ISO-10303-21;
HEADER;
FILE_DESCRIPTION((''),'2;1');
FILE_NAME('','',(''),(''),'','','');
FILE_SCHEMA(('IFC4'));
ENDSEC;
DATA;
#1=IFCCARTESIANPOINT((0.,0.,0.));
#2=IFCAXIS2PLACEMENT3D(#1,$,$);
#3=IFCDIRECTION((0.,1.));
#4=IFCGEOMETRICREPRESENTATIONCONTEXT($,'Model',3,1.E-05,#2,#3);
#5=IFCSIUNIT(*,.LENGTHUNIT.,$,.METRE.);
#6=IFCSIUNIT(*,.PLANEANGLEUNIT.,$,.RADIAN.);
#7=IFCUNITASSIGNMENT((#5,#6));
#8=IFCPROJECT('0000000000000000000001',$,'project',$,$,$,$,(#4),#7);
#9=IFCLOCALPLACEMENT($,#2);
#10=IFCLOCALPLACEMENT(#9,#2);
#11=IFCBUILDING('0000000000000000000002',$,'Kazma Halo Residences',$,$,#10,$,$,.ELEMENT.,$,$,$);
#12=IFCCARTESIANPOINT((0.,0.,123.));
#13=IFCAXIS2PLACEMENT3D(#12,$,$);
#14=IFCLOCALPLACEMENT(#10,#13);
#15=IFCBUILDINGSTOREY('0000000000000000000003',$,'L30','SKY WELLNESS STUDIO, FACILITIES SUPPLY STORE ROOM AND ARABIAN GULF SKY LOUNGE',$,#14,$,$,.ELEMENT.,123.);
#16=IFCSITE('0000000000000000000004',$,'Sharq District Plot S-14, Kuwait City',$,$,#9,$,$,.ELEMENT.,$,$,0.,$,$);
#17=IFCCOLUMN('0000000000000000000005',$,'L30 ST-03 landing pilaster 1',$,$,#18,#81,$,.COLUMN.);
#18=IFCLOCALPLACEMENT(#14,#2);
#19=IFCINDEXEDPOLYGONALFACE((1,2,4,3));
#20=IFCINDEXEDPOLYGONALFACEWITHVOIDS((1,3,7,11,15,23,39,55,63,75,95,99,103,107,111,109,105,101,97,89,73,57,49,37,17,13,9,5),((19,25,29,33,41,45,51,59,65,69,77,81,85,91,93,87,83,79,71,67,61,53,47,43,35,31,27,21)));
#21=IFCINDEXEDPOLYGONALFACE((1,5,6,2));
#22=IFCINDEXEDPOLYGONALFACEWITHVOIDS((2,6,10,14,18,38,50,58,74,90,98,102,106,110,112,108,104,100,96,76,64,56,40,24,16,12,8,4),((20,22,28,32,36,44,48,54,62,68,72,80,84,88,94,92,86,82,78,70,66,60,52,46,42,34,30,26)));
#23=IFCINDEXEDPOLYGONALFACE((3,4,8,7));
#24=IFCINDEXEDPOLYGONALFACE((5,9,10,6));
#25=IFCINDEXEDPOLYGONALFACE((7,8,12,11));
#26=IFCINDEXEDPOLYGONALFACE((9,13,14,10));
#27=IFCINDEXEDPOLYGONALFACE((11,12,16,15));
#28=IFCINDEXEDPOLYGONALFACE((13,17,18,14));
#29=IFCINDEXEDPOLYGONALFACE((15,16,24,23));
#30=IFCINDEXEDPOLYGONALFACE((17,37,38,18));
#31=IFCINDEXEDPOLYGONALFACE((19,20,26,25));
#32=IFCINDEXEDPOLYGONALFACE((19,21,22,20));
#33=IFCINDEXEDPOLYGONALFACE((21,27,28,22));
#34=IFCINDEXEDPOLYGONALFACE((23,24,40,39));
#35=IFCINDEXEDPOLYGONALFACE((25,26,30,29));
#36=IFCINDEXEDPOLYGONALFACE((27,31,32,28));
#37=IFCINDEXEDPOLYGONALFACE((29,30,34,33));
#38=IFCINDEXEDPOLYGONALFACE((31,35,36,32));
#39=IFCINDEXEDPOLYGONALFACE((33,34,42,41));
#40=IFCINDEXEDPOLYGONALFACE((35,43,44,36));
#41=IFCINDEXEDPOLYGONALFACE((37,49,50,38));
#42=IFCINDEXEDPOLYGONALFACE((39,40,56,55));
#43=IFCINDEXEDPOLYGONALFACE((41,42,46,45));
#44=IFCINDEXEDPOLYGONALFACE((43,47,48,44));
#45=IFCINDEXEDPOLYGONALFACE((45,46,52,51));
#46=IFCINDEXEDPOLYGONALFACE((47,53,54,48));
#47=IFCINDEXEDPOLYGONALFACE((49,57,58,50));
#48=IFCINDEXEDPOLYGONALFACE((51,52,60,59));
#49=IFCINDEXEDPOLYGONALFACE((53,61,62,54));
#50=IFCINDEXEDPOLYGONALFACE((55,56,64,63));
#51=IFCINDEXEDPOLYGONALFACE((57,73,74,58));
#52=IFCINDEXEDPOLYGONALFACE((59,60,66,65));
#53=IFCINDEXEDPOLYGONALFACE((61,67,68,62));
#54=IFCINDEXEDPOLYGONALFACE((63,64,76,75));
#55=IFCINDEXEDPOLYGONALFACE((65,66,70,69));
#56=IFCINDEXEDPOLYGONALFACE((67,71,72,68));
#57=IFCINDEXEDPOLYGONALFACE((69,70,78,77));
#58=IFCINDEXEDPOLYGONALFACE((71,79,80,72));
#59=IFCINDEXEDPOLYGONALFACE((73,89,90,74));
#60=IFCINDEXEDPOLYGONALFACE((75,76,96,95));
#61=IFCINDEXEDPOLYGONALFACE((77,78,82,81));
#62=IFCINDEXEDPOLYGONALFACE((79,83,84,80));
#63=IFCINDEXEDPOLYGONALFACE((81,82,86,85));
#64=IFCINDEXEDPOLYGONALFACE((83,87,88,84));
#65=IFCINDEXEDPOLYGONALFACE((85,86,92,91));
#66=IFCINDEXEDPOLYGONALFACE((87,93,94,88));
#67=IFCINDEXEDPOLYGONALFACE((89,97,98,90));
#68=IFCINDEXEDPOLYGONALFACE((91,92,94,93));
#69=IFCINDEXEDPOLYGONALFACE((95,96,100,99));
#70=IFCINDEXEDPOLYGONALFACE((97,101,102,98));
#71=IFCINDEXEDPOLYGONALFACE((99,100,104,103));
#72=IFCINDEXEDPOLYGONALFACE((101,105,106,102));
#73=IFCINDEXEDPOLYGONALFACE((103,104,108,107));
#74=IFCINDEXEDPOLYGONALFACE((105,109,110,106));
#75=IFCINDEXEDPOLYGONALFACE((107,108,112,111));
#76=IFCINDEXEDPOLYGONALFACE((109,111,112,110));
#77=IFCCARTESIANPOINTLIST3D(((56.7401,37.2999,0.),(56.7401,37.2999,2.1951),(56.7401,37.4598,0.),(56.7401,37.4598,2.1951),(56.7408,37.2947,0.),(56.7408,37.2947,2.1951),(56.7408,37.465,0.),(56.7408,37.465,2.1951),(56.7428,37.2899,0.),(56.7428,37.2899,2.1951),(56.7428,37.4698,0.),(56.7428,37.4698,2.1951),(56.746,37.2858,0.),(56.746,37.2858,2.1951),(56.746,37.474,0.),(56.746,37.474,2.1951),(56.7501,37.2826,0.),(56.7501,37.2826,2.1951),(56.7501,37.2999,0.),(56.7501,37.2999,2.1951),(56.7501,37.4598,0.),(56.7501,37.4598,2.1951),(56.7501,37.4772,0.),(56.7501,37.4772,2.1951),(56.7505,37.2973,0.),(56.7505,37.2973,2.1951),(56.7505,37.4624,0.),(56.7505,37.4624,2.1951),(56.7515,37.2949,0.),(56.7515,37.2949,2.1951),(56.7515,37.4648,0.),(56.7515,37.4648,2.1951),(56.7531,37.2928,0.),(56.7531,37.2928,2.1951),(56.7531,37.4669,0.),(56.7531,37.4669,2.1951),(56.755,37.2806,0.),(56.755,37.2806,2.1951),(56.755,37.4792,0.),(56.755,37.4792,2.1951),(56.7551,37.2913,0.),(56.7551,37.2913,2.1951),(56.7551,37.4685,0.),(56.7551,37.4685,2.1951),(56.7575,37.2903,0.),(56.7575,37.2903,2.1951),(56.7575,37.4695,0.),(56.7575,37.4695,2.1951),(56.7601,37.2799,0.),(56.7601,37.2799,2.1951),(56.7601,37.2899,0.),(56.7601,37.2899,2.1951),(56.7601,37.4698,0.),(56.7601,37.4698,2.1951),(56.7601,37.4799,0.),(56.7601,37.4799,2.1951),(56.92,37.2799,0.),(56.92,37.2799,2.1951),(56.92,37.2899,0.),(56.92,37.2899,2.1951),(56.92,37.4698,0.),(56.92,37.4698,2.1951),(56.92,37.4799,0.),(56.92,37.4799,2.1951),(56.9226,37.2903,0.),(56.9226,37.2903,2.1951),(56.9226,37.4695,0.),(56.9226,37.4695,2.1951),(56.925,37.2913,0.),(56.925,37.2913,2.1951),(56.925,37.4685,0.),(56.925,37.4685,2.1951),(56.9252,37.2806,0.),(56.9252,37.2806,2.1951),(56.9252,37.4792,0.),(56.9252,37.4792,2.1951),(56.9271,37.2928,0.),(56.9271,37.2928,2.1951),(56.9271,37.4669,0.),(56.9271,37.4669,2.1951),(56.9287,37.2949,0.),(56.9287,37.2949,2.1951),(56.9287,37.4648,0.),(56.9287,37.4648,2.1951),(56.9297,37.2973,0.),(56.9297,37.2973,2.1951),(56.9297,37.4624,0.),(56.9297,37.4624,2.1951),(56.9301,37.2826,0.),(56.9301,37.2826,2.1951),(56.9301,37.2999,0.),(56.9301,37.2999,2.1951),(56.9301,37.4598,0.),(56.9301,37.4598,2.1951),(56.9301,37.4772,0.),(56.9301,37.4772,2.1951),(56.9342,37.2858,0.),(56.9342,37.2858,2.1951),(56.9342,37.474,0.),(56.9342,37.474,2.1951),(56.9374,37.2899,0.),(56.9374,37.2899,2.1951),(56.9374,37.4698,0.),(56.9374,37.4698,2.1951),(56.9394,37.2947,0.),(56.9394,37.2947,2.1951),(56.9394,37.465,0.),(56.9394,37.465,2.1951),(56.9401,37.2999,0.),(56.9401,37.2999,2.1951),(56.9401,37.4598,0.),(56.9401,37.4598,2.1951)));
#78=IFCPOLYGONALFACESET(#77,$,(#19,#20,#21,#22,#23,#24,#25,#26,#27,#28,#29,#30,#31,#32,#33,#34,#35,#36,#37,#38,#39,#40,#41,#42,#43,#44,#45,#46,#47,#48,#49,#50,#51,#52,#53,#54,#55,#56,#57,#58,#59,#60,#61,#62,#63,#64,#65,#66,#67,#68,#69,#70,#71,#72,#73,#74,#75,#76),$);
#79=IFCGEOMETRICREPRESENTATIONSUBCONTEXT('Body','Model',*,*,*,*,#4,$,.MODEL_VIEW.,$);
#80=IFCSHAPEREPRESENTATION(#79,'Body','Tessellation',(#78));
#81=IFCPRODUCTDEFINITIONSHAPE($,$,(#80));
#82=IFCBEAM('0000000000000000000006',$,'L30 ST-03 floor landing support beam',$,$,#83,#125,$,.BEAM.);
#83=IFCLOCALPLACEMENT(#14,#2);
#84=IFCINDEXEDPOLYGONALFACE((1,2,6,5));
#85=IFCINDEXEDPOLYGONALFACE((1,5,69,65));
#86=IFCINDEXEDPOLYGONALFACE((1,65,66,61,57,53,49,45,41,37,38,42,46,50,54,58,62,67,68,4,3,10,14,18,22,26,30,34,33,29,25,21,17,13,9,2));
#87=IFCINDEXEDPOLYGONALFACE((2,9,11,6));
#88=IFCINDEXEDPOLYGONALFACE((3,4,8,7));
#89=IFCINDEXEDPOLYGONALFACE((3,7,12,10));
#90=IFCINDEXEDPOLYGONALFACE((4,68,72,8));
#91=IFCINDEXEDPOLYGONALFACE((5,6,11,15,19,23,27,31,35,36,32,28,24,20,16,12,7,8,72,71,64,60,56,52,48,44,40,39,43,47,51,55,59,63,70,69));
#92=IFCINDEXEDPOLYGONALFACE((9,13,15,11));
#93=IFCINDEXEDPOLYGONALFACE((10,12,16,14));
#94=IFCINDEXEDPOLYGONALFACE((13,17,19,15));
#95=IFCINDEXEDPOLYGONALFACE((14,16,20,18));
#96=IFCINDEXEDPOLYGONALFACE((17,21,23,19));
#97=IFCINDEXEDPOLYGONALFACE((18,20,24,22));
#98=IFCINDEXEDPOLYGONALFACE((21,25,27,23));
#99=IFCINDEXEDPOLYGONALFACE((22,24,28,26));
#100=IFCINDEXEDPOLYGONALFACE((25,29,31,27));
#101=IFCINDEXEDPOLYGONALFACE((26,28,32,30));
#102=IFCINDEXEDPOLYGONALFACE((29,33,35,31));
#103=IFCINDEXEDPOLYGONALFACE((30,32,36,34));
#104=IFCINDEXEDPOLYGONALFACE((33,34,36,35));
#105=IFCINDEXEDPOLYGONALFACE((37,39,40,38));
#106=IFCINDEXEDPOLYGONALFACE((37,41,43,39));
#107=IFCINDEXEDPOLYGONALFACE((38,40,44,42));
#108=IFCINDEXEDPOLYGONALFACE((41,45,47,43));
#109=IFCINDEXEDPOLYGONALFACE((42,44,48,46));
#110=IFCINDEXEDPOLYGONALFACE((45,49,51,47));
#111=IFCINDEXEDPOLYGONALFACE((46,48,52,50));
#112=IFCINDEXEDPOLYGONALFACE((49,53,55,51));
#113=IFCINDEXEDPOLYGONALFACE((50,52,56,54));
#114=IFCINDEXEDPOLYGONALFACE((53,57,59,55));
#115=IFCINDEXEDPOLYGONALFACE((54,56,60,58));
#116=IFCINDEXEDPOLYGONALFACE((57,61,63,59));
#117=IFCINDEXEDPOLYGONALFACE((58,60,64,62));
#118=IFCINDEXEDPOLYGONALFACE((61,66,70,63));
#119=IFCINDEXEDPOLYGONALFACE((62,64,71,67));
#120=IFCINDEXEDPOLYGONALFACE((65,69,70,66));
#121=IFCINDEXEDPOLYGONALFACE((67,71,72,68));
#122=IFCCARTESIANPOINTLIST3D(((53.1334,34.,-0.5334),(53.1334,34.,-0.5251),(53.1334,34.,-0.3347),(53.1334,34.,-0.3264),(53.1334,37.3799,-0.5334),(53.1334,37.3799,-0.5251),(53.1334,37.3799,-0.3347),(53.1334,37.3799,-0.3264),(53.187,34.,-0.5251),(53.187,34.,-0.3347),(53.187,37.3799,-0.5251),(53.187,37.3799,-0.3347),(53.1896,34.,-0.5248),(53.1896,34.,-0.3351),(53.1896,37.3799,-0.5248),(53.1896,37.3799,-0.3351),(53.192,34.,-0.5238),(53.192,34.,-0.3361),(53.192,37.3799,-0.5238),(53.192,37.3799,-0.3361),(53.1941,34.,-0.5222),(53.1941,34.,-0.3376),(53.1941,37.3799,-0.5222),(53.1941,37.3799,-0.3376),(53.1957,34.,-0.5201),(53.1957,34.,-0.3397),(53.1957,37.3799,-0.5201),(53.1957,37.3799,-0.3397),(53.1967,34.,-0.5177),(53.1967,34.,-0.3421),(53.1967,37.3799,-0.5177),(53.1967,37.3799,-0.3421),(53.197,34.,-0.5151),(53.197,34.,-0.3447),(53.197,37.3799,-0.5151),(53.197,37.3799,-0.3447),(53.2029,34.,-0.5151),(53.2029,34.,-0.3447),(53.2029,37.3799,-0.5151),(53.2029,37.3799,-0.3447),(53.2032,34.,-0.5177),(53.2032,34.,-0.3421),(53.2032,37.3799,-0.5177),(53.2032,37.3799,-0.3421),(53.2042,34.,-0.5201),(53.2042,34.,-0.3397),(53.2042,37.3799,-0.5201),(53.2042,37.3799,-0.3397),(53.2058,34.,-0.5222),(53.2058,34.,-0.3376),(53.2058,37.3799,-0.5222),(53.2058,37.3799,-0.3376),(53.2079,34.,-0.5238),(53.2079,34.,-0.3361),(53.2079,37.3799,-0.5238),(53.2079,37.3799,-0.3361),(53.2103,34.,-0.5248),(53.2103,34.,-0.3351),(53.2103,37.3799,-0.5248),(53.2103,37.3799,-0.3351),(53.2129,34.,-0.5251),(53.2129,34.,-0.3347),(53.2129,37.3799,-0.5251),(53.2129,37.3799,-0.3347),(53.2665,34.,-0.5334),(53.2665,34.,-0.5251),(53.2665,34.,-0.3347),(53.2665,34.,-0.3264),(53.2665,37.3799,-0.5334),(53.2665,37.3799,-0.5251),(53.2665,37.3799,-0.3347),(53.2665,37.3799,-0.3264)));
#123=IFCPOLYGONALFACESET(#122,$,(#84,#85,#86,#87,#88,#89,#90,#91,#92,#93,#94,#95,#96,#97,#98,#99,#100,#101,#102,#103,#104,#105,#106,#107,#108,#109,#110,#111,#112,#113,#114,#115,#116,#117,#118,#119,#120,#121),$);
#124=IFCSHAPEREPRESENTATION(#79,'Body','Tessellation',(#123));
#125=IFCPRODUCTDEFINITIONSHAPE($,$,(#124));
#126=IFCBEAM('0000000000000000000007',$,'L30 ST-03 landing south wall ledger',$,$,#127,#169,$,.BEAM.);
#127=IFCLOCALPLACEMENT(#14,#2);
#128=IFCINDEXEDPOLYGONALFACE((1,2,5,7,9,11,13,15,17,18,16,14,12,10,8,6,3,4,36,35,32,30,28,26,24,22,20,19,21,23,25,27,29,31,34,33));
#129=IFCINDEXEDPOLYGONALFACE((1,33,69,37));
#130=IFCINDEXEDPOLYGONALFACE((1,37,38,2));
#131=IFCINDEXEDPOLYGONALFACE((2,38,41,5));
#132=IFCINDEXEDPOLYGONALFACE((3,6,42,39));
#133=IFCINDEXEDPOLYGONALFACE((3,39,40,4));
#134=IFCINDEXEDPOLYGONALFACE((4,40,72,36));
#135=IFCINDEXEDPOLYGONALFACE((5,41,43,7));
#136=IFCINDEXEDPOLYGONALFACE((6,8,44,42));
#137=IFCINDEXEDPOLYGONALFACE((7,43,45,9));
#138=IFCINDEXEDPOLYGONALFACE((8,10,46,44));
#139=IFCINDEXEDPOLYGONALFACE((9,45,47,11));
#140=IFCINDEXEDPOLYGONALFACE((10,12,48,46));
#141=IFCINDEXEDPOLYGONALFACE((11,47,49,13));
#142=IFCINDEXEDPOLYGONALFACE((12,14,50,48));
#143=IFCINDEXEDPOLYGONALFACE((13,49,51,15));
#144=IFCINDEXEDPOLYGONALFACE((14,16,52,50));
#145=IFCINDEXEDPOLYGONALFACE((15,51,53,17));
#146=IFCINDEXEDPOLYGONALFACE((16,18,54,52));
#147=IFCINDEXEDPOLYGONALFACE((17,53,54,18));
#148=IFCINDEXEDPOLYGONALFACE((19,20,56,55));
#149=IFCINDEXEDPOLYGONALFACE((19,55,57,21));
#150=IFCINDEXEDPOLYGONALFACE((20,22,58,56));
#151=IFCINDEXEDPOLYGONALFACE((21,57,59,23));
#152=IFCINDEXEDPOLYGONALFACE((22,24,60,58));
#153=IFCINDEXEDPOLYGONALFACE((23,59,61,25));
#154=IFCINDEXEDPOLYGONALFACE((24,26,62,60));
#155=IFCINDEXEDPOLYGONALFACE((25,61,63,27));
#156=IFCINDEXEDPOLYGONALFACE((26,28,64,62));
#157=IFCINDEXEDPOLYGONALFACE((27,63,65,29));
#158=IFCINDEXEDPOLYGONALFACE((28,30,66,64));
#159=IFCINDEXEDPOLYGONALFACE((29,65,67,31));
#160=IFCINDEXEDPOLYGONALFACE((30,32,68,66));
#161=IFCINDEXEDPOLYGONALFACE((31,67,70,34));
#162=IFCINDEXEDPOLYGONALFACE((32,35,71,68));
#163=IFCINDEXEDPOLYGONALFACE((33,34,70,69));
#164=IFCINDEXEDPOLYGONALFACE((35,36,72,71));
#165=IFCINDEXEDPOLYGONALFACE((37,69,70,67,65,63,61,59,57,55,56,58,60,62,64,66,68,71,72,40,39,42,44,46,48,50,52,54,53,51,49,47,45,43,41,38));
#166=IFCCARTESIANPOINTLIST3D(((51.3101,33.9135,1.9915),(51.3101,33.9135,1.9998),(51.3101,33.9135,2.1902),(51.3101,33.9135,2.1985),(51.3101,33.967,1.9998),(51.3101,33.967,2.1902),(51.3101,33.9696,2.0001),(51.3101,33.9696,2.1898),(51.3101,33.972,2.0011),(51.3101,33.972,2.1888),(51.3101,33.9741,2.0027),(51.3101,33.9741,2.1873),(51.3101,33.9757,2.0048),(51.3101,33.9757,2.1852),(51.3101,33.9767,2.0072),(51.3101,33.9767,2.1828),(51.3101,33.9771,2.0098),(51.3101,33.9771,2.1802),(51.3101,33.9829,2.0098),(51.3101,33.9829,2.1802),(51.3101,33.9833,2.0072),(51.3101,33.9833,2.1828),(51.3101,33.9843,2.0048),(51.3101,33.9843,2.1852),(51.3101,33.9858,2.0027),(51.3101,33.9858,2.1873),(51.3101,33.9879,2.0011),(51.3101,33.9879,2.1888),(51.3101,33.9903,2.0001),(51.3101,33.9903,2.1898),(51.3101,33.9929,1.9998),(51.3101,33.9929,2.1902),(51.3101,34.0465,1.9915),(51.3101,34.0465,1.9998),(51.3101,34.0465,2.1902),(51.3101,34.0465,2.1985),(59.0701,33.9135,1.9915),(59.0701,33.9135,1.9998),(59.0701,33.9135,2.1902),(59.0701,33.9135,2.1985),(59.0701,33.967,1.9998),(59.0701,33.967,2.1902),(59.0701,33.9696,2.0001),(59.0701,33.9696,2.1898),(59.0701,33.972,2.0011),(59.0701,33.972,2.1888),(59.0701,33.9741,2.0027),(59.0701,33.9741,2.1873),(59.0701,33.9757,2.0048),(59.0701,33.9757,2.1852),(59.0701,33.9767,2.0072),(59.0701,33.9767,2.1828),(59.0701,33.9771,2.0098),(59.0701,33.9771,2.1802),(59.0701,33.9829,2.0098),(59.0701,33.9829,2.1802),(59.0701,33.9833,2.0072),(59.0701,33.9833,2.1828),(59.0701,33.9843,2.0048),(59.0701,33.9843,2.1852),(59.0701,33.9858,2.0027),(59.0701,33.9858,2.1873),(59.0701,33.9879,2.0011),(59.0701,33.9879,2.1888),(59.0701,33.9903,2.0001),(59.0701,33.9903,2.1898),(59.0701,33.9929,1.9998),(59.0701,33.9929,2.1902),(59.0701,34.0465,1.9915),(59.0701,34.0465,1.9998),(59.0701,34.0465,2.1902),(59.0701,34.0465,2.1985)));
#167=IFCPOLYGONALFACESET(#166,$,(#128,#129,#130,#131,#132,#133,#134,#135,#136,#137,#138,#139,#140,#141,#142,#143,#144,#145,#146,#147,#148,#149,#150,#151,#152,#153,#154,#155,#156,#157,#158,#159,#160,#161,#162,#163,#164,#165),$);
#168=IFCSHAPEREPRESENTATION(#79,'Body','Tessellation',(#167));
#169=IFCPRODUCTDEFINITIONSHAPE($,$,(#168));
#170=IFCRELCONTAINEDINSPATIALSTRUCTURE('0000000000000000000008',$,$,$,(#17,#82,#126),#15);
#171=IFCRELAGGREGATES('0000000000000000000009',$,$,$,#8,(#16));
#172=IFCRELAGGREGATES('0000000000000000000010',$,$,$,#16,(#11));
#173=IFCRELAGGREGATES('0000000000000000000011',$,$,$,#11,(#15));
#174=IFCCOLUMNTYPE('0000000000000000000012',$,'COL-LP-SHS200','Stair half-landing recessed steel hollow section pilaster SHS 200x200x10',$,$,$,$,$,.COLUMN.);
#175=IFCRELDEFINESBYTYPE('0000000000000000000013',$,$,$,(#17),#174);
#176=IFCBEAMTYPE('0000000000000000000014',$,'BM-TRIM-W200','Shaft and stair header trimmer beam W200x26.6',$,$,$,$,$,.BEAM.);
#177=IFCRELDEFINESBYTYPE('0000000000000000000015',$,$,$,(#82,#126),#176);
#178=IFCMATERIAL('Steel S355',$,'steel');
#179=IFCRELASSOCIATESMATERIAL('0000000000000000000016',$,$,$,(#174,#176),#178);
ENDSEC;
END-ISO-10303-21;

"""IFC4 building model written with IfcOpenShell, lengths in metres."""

from ifc_helpers import new_model, si_unit, direction, frame, origin, origin_2d, place, context, subcontext, project, spatial, hollow_rectangle, i_section, extrude, material, material_profile, profile_set, type_object, element, save


model = new_model("IFC4")

# Units and contexts
model_context = context("Model", 3, precision=1e-05, world=origin(), true_north=direction((0.0, 1.0)))
body_context = subcontext(model_context, "Body", "Model", "MODEL_VIEW")
ifc_project = project(units=[si_unit("LENGTHUNIT", "METRE"), si_unit("PLANEANGLEUNIT", "RADIAN")], contexts=[model_context])

# Site, building, storey
site_placement = place(None, origin())
site = spatial("IfcSite", under=ifc_project, at=site_placement, Name="Sharq District Plot S-14, Kuwait City", CompositionType="ELEMENT", RefElevation=0.0)
building_placement = place(site_placement, origin())
building = spatial("IfcBuilding", under=site, at=building_placement, Name="Kazma Halo Residences", CompositionType="ELEMENT")
storey_placement = place(building_placement, frame((0.0, 0.0, 123.0)))
storey = spatial("IfcBuildingStorey", under=building, at=storey_placement, Name="L30", Description="SKY WELLNESS STUDIO, FACILITIES SUPPLY STORE ROOM AND ARABIAN GULF SKY LOUNGE", CompositionType="ELEMENT", Elevation=123.0)

# Column
ifc_material_1 = material(Name="Steel S355", Category="steel")
ifc_material_profile_1 = material_profile(ifc_material_1, hollow_rectangle(XDim=0.2, YDim=0.2, WallThickness=0.01, InnerFilletRadius=0.01, OuterFilletRadius=0.02, at=origin_2d()), Name="SHS200x200x10")
ifc_profile_set_1 = profile_set([ifc_material_profile_1], Name="Steel S355")
column_type = type_object("IfcColumnType", Name="COL-LP-SHS200", Description="Stair half-landing recessed steel hollow section pilaster SHS 200x200x10", PredefinedType="COLUMN", material=ifc_profile_set_1)
column_placement = place(storey_placement, frame((56.8401, 37.3799, 0.0), z_axis=(0.0, 0.0, 1.0), x_axis=(1.0, 0.0, 0.0)))
element("IfcColumn", 1, at=column_placement, inside=storey, type_object=column_type, Name="L30 ST-03 landing pilaster 1", PredefinedType="COLUMN", context=body_context, shape_type="SweptSolid", body=[
    extrude(hollow_rectangle(XDim=0.2, YDim=0.2, WallThickness=0.01, InnerFilletRadius=0.01, OuterFilletRadius=0.02, at=origin_2d()), origin(), (0.0, 0.0, 1.0), 2.1951),
])

# Beams
ifc_material_profile_2 = material_profile(ifc_material_1, i_section(OverallWidth=0.1331, OverallDepth=0.207, WebThickness=0.0059, FlangeThickness=0.0083, FilletRadius=0.01, at=origin_2d()), Name="W200x26.6")
ifc_profile_set_2 = profile_set([ifc_material_profile_2], Name="Steel S355")
beam_type = type_object("IfcBeamType", Name="BM-TRIM-W200", Description="Shaft and stair header trimmer beam W200x26.6", PredefinedType="BEAM", material=ifc_profile_set_2)
beam_1_placement = place(storey_placement, frame((53.2, 34.0, -0.4299), z_axis=(0.0, 1.0, 0.0), x_axis=(-1.0, 0.0, 0.0)))
element("IfcBeam", 2, at=beam_1_placement, inside=storey, type_object=beam_type, Name="L30 ST-03 floor landing support beam", PredefinedType="BEAM", context=body_context, shape_type="SweptSolid", body=[
    extrude(i_section(OverallWidth=0.1331, OverallDepth=0.207, WebThickness=0.0059, FlangeThickness=0.0083, FilletRadius=0.01, at=origin_2d()), origin(), (0.0, 0.0, 1.0), 3.3799),
])
beam_2_placement = place(storey_placement, frame((51.3101, 33.98, 2.095), z_axis=(1.0, 0.0, 0.0), x_axis=(0.0, 1.0, 0.0)))
element("IfcBeam", 3, at=beam_2_placement, inside=storey, type_object=beam_type, Name="L30 ST-03 landing south wall ledger", PredefinedType="BEAM", context=body_context, shape_type="SweptSolid", body=[
    extrude(i_section(OverallWidth=0.1331, OverallDepth=0.207, WebThickness=0.0059, FlangeThickness=0.0083, FilletRadius=0.01, at=origin_2d()), origin(), (0.0, 0.0, 1.0), 7.76),
])

save(model, "model.ifc")
